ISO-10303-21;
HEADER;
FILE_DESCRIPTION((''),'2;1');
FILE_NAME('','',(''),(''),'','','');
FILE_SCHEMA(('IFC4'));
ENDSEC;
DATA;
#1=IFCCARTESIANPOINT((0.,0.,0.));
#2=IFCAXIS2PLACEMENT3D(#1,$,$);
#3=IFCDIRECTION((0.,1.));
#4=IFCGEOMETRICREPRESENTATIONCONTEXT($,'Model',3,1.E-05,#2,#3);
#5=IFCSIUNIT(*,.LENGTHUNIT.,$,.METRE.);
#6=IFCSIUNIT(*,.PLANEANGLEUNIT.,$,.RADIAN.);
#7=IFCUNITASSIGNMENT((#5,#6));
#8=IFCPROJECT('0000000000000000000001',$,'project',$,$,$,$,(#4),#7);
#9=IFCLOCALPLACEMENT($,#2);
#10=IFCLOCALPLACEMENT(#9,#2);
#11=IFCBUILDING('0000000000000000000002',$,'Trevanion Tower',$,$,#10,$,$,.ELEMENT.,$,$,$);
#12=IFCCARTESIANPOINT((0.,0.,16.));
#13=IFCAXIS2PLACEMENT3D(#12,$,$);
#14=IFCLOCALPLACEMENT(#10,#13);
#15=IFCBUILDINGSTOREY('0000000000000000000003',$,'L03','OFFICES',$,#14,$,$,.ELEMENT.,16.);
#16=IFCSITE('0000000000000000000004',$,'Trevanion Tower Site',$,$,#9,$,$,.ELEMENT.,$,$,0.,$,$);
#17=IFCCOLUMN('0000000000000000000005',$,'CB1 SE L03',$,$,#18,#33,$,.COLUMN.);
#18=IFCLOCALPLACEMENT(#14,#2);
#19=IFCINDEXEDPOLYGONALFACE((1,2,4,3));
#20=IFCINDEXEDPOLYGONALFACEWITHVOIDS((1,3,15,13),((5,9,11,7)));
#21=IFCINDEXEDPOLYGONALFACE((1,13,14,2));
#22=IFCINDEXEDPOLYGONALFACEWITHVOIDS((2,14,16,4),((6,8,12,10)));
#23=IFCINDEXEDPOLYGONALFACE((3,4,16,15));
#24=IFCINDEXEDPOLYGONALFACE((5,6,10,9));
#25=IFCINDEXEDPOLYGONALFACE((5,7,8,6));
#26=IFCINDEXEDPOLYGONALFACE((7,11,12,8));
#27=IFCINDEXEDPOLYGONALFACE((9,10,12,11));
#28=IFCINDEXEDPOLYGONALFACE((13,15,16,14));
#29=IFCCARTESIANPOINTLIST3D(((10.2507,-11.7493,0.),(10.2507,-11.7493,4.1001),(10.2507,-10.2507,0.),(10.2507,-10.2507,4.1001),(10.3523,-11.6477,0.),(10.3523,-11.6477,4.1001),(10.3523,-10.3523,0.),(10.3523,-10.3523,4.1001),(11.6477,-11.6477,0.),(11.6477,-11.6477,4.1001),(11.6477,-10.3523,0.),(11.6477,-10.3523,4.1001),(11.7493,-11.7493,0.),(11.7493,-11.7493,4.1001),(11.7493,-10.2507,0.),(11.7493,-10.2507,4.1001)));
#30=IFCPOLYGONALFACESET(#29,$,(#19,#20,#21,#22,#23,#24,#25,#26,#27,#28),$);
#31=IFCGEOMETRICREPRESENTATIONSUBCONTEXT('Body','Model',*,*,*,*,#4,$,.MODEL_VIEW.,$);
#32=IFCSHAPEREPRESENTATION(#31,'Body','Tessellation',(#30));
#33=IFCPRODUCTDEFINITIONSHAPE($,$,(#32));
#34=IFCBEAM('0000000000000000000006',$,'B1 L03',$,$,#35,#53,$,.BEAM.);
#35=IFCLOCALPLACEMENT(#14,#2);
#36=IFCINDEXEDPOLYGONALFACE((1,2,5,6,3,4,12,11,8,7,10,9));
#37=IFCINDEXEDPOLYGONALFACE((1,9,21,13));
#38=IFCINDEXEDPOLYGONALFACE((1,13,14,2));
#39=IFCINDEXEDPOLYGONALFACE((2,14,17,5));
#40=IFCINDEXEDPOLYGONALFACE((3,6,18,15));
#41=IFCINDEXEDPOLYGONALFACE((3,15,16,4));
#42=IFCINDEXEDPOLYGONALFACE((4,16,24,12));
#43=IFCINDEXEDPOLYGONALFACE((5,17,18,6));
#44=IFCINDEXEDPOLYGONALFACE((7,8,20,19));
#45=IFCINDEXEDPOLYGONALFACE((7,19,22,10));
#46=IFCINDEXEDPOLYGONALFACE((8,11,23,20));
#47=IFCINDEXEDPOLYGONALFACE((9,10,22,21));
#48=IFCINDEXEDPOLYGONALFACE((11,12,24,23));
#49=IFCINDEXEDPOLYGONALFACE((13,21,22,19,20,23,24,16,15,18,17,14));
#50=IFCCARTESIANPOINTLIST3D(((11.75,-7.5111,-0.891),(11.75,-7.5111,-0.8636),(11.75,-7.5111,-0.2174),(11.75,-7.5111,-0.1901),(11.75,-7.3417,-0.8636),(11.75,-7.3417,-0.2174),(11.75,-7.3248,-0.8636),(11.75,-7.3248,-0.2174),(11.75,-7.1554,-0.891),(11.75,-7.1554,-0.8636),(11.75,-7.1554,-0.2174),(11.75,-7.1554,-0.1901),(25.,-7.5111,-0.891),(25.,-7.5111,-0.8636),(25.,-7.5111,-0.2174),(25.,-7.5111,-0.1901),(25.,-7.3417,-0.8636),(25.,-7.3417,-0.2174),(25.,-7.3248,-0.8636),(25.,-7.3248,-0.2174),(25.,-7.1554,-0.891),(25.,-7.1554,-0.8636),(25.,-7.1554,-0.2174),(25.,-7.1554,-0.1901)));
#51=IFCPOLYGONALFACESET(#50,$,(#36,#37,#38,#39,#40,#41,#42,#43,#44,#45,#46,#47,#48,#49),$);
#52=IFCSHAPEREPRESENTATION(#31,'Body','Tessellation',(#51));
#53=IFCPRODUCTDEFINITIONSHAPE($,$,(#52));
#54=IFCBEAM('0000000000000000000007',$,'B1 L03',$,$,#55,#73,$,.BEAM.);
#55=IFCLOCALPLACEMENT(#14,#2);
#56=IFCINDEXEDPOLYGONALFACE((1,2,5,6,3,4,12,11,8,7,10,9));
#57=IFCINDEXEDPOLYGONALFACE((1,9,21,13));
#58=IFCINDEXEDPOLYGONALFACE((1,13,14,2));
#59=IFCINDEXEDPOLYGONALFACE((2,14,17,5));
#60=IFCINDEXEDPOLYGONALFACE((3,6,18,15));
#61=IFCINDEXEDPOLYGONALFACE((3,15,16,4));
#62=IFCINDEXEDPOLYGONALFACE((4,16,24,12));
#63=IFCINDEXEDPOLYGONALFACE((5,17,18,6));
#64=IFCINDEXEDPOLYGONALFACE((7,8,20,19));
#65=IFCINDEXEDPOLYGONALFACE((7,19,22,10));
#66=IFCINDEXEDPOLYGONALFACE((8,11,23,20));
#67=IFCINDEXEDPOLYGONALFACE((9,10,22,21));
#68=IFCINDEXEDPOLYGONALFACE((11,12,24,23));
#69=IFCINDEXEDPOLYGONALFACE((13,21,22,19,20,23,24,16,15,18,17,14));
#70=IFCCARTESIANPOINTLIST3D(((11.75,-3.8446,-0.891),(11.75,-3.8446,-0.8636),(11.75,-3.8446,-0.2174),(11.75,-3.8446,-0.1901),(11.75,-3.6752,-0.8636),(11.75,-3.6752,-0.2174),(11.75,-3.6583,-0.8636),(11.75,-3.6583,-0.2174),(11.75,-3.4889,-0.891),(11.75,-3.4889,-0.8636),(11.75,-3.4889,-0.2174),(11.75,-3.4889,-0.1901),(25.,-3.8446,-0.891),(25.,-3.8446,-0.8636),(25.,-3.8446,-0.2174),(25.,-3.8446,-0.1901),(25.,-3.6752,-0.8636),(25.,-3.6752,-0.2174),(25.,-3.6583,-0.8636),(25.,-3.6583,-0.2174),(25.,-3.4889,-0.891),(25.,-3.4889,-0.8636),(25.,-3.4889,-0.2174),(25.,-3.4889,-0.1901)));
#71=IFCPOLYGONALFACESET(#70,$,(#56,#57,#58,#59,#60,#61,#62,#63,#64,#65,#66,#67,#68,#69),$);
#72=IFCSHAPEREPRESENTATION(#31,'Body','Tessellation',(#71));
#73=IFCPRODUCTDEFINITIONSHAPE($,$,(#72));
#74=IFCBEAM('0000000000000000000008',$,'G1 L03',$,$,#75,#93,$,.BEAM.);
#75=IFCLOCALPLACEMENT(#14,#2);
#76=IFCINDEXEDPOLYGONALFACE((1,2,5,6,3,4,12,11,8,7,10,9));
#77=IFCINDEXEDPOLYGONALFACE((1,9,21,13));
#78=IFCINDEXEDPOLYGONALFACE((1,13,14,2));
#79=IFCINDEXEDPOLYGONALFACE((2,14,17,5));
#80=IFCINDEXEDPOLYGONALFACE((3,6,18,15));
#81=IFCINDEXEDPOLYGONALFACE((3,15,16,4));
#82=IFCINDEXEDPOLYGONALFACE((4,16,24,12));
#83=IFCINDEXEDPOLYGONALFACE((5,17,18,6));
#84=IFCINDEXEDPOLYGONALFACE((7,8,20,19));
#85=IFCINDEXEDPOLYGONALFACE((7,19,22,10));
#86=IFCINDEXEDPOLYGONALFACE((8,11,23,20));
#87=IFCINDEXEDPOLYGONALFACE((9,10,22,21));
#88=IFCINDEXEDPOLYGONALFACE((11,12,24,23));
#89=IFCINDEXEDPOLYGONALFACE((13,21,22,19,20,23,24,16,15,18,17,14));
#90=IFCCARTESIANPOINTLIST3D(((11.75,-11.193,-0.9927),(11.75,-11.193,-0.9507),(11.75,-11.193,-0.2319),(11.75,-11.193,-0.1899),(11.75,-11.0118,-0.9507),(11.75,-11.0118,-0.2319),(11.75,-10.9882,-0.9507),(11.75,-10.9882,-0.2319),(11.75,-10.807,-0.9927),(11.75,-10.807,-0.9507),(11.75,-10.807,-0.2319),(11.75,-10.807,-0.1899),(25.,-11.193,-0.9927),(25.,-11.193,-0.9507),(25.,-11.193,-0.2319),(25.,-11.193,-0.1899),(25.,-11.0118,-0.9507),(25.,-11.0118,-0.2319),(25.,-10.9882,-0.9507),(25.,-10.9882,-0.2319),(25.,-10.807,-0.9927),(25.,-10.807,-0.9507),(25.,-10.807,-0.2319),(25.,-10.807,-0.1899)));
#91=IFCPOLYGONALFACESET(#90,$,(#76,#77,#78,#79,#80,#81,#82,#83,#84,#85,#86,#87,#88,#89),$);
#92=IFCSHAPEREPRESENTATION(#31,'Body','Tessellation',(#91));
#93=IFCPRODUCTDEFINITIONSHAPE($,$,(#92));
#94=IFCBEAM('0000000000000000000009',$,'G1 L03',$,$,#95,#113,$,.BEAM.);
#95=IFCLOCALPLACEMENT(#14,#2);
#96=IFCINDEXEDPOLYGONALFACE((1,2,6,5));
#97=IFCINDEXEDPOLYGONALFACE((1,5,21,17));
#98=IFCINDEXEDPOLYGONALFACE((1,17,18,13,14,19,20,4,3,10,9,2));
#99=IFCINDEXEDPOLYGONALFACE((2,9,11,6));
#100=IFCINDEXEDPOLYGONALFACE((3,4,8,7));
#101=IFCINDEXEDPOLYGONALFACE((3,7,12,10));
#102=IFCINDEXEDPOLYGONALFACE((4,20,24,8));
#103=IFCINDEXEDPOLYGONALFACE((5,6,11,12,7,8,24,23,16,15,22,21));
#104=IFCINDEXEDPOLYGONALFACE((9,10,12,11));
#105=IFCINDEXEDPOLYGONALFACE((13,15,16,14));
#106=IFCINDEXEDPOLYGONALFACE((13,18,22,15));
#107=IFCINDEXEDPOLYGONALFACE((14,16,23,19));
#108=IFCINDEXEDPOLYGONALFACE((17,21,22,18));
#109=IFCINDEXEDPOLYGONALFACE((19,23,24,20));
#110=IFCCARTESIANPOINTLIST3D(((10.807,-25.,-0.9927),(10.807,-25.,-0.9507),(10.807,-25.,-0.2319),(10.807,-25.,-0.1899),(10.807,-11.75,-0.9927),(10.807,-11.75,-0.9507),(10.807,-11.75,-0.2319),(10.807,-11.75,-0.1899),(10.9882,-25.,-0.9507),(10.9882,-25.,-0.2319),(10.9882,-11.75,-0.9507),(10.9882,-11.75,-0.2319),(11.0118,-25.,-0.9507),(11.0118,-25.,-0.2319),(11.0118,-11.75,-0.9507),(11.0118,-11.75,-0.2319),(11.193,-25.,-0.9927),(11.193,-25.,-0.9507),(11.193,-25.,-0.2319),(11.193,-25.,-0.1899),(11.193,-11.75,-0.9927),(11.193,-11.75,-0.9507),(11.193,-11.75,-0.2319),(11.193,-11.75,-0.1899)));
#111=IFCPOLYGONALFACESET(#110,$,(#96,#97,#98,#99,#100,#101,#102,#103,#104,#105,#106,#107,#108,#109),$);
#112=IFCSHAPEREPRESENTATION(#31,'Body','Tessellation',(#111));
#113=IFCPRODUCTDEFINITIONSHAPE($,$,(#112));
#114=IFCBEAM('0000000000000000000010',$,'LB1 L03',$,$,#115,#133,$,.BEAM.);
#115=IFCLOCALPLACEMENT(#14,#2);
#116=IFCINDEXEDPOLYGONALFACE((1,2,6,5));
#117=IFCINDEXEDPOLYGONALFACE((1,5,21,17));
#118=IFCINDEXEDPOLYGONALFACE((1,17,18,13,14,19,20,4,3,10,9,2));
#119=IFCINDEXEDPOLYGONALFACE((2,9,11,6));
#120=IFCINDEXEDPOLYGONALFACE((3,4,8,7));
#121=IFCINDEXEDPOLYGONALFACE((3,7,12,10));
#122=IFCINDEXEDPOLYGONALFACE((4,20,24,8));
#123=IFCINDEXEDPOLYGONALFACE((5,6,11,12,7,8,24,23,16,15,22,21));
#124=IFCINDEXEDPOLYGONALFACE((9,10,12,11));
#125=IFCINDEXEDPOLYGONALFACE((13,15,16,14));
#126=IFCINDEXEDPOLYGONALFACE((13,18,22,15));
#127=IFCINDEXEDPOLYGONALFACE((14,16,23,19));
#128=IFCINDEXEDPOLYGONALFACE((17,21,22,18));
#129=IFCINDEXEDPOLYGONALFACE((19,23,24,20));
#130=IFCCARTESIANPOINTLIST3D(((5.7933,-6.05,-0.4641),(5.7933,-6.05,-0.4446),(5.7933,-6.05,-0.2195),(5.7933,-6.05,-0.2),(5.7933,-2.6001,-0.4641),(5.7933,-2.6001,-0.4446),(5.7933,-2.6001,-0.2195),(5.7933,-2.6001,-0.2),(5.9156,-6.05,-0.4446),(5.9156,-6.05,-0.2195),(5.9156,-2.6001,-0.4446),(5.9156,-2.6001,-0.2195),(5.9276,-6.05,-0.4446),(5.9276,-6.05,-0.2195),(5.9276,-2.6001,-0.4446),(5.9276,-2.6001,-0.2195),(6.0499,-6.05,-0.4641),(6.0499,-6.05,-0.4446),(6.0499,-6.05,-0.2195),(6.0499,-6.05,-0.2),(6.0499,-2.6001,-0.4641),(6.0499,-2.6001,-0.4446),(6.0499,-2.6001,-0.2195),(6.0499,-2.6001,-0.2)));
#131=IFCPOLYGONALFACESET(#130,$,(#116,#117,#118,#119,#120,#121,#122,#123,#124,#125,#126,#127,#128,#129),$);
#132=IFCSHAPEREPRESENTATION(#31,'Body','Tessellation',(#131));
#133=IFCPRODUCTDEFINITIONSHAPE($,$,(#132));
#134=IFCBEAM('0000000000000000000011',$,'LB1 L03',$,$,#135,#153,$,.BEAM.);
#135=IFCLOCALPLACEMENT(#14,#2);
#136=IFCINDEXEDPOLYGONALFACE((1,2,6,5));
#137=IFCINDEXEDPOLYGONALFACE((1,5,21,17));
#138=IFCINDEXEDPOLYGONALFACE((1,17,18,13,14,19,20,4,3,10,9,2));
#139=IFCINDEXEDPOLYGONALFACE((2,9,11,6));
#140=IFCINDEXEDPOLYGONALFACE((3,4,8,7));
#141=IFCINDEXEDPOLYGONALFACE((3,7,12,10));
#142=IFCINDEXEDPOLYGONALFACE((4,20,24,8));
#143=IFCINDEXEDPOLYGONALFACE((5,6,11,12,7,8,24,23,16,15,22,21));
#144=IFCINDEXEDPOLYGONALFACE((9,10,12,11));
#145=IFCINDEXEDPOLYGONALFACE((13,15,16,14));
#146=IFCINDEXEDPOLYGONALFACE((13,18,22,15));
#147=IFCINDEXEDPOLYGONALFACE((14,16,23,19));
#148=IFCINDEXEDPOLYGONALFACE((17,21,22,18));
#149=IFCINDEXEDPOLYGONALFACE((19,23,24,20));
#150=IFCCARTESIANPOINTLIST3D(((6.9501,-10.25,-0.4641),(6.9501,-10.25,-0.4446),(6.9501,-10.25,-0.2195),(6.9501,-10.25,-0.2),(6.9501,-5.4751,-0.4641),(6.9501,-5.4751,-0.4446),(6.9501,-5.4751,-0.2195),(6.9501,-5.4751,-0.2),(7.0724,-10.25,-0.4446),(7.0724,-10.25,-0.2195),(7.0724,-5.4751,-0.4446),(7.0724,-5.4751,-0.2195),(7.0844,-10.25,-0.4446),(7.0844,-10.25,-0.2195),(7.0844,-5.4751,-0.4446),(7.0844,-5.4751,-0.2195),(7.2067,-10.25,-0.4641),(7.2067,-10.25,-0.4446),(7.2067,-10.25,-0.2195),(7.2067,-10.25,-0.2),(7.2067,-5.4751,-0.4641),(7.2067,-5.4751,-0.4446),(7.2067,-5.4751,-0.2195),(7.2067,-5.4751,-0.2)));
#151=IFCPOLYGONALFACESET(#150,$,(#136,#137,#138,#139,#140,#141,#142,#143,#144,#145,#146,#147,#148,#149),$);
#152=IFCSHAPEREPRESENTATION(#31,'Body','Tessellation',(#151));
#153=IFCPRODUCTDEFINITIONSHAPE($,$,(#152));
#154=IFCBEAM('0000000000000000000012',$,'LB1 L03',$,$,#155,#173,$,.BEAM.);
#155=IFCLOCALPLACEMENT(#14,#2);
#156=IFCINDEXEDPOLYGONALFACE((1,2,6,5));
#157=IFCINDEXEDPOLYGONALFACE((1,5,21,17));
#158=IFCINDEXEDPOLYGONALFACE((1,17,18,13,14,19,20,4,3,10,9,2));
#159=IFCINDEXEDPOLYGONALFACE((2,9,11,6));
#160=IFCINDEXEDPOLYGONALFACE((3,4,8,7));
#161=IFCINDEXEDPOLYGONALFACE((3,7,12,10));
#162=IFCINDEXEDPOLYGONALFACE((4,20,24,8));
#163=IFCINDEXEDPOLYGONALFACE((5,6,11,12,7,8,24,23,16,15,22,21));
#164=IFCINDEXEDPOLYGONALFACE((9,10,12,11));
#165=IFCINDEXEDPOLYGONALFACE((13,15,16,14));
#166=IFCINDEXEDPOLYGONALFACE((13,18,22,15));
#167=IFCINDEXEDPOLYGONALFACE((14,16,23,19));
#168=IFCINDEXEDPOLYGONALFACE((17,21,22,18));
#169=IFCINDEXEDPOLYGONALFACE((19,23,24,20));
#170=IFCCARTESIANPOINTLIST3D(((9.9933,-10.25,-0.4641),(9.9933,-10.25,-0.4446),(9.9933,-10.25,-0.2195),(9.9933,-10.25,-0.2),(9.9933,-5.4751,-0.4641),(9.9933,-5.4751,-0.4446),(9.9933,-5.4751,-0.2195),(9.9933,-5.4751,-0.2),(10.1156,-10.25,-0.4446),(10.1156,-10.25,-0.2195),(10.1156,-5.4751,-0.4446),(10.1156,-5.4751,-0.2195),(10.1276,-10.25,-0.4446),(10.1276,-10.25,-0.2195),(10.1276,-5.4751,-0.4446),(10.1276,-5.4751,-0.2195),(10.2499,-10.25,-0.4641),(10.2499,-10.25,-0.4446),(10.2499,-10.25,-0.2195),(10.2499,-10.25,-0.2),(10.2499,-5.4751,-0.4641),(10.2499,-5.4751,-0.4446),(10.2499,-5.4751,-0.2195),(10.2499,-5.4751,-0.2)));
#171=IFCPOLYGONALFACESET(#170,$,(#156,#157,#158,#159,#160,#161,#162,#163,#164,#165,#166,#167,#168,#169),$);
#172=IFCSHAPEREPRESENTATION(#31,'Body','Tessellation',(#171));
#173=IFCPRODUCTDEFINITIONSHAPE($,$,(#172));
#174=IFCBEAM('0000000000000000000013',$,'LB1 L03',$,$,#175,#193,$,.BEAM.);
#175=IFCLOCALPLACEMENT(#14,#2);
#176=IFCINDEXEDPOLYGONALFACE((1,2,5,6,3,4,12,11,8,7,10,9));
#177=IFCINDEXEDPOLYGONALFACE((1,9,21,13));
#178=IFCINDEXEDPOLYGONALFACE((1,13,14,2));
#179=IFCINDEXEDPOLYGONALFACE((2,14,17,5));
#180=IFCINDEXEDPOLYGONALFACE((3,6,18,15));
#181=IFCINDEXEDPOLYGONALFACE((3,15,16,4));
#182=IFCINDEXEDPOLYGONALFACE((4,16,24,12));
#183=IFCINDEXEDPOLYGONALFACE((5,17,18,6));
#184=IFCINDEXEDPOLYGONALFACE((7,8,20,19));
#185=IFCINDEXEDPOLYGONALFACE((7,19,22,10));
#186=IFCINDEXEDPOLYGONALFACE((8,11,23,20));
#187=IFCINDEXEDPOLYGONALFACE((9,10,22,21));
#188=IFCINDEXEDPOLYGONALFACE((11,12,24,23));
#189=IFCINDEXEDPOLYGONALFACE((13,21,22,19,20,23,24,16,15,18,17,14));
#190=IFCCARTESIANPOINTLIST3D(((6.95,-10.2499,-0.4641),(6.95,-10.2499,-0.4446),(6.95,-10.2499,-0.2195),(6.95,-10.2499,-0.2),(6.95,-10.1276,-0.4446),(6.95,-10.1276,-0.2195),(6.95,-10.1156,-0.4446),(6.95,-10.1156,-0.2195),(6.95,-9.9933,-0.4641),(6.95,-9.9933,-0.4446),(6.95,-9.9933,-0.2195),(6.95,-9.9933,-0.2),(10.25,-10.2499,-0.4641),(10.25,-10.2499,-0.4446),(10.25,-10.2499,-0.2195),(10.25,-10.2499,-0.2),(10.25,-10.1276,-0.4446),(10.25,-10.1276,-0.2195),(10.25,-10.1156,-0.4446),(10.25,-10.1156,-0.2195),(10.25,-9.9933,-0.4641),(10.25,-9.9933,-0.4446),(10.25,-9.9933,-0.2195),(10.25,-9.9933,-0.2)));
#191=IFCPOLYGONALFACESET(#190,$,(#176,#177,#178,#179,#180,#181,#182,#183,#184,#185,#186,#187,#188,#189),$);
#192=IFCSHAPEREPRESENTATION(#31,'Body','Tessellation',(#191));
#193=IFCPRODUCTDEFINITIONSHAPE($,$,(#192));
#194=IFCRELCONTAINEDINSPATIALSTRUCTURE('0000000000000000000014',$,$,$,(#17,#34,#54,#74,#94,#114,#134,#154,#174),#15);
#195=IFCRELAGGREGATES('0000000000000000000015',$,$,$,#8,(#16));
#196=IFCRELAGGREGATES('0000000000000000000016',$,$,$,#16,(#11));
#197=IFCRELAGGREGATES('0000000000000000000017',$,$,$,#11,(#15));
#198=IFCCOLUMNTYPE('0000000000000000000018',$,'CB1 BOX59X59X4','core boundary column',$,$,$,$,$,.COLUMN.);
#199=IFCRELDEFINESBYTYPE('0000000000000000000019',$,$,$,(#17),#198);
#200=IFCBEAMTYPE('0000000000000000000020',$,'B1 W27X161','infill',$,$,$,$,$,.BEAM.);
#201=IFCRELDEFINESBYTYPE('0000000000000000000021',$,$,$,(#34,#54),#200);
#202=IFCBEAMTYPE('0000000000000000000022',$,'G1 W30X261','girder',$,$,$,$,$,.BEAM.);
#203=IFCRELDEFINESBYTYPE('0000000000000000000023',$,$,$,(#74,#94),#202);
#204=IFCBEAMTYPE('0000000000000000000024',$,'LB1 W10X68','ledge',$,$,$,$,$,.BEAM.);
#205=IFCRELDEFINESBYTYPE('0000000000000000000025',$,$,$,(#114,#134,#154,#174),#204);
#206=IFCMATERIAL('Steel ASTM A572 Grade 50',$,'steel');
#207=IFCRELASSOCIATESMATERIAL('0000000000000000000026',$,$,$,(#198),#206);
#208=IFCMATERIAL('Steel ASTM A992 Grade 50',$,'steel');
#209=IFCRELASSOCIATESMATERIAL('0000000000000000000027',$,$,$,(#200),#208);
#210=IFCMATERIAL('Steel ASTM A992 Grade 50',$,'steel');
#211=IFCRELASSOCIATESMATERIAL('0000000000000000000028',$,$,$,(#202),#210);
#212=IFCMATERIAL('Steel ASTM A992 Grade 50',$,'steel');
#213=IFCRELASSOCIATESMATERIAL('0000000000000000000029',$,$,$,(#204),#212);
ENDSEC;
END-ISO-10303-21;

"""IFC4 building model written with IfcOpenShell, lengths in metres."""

from ifc_helpers import new_model, si_unit, direction, frame, origin, origin_2d, place, context, subcontext, project, spatial, hollow_rectangle, i_section, extrude, material, material_profile, profile_set, type_object, element, save


model = new_model("IFC4")

# Units and contexts
model_context = context("Model", 3, precision=1e-05, world=origin(), true_north=direction((0.0, 1.0)))
body_context = subcontext(model_context, "Body", "Model", "MODEL_VIEW")
ifc_project = project(units=[si_unit("LENGTHUNIT", "METRE"), si_unit("PLANEANGLEUNIT", "RADIAN")], contexts=[model_context])

# Site, building, storey
site_placement = place(None, origin())
site = spatial("IfcSite", under=ifc_project, at=site_placement, Name="Trevanion Tower Site", CompositionType="ELEMENT", RefElevation=0.0)
building_placement = place(site_placement, origin())
building = spatial("IfcBuilding", under=site, at=building_placement, Name="Trevanion Tower", CompositionType="ELEMENT")
storey_placement = place(building_placement, frame((0.0, 0.0, 16.0)))
storey = spatial("IfcBuildingStorey", under=building, at=storey_placement, Name="L03", Description="OFFICES", CompositionType="ELEMENT", Elevation=16.0)

# Column
ifc_material_1 = material(Name="Steel ASTM A572 Grade 50", Category="steel")
ifc_material_profile_1 = material_profile(ifc_material_1, hollow_rectangle(XDim=1.4985, YDim=1.4985, WallThickness=0.1016, at=origin_2d()), Name="BOX59X59X4")
ifc_profile_set_1 = profile_set([ifc_material_profile_1], Name="Steel ASTM A572 Grade 50")
column_type = type_object("IfcColumnType", Name="CB1 BOX59X59X4", Description="core boundary column", PredefinedType="COLUMN", material=ifc_profile_set_1)
column_placement = place(storey_placement, frame((11.0, -11.0, 0.0), z_axis=(0.0, 0.0, 1.0), x_axis=(1.0, 0.0, 0.0)))
element("IfcColumn", 1, at=column_placement, inside=storey, type_object=column_type, Name="CB1 SE L03", PredefinedType="COLUMN", context=body_context, shape_type="SweptSolid", body=[
    extrude(hollow_rectangle(XDim=1.4985, YDim=1.4985, WallThickness=0.1016, at=origin_2d()), origin(), (0.0, 0.0, 1.0), 4.1001),
])

# Beams
ifc_material_2 = material(Name="Steel ASTM A992 Grade 50", Category="steel")
ifc_material_profile_2 = material_profile(ifc_material_2, i_section(OverallWidth=0.3557, OverallDepth=0.7009, WebThickness=0.0168, FlangeThickness=0.0273, at=origin_2d()), Name="W27X161")
ifc_profile_set_2 = profile_set([ifc_material_profile_2], Name="Steel ASTM A992 Grade 50")
beam_type_1 = type_object("IfcBeamType", Name="B1 W27X161", Description="infill", PredefinedType="BEAM", material=ifc_profile_set_2)
for number, where, z_axis, x_axis, name in (
    (2, (11.75, -7.3333, -0.5405), (1.0, 0.0, 0.0), (0.0, 1.0, 0.0), "B1 L03"),
    (3, (11.75, -3.6667, -0.5405), (1.0, 0.0, 0.0), (0.0, 1.0, 0.0), "B1 L03"),
):
    element("IfcBeam", number, at=place(storey_placement, frame(where, z_axis=z_axis, x_axis=x_axis)), inside=storey, type_object=beam_type_1, Name=name, PredefinedType="BEAM", context=body_context, shape_type="SweptSolid", body=[
        extrude(i_section(OverallWidth=0.3557, OverallDepth=0.7009, WebThickness=0.0168, FlangeThickness=0.0273, at=origin_2d()), origin(), (0.0, 0.0, 1.0), 13.25),
    ])
ifc_material_3 = material(Name="Steel ASTM A992 Grade 50", Category="steel")
ifc_material_profile_3 = material_profile(ifc_material_3, i_section(OverallWidth=0.386, OverallDepth=0.8027, WebThickness=0.0237, FlangeThickness=0.042, at=origin_2d()), Name="W30X261")
ifc_profile_set_3 = profile_set([ifc_material_profile_3], Name="Steel ASTM A992 Grade 50")
beam_type_2 = type_object("IfcBeamType", Name="G1 W30X261", Description="girder", PredefinedType="BEAM", material=ifc_profile_set_3)
for number, where, z_axis, x_axis, name in (
    (4, (11.75, -11.0, -0.5913), (1.0, 0.0, 0.0), (0.0, 1.0, 0.0), "G1 L03"),
    (5, (11.0, -11.75, -0.5913), (0.0, -1.0, 0.0), (1.0, 0.0, 0.0), "G1 L03"),
):
    element("IfcBeam", number, at=place(storey_placement, frame(where, z_axis=z_axis, x_axis=x_axis)), inside=storey, type_object=beam_type_2, Name=name, PredefinedType="BEAM", context=body_context, shape_type="SweptSolid", body=[
        extrude(i_section(OverallWidth=0.386, OverallDepth=0.8027, WebThickness=0.0237, FlangeThickness=0.042, at=origin_2d()), origin(), (0.0, 0.0, 1.0), 13.25),
    ])
ifc_material_4 = material(Name="Steel ASTM A992 Grade 50", Category="steel")
ifc_material_profile_4 = material_profile(ifc_material_4, i_section(OverallWidth=0.2566, OverallDepth=0.2642, WebThickness=0.012, FlangeThickness=0.0195, at=origin_2d()), Name="W10X68")
ifc_profile_set_4 = profile_set([ifc_material_profile_4], Name="Steel ASTM A992 Grade 50")
beam_type_3 = type_object("IfcBeamType", Name="LB1 W10X68", Description="ledge", PredefinedType="BEAM", material=ifc_profile_set_4)
beam_1_placement = place(storey_placement, frame((5.9216, -6.05, -0.332), z_axis=(0.0, 1.0, 0.0), x_axis=(-1.0, 0.0, 0.0)))
element("IfcBeam", 6, at=beam_1_placement, inside=storey, type_object=beam_type_3, Name="LB1 L03", PredefinedType="BEAM", context=body_context, shape_type="SweptSolid", body=[
    extrude(i_section(OverallWidth=0.2566, OverallDepth=0.2642, WebThickness=0.012, FlangeThickness=0.0195, at=origin_2d()), origin(), (0.0, 0.0, 1.0), 3.45),
])
for number, where, z_axis, x_axis, name in (
    (7, (7.0784, -10.25, -0.332), (0.0, 1.0, 0.0), (-1.0, 0.0, 0.0), "LB1 L03"),
    (8, (10.1216, -10.25, -0.332), (0.0, 1.0, 0.0), (-1.0, 0.0, 0.0), "LB1 L03"),
):
    element("IfcBeam", number, at=place(storey_placement, frame(where, z_axis=z_axis, x_axis=x_axis)), inside=storey, type_object=beam_type_3, Name=name, PredefinedType="BEAM", context=body_context, shape_type="SweptSolid", body=[
        extrude(i_section(OverallWidth=0.2566, OverallDepth=0.2642, WebThickness=0.012, FlangeThickness=0.0195, at=origin_2d()), origin(), (0.0, 0.0, 1.0), 4.7749),
    ])
beam_2_placement = place(storey_placement, frame((6.95, -10.1216, -0.332), z_axis=(1.0, 0.0, 0.0), x_axis=(0.0, 1.0, 0.0)))
element("IfcBeam", 9, at=beam_2_placement, inside=storey, type_object=beam_type_3, Name="LB1 L03", PredefinedType="BEAM", context=body_context, shape_type="SweptSolid", body=[
    extrude(i_section(OverallWidth=0.2566, OverallDepth=0.2642, WebThickness=0.012, FlangeThickness=0.0195, at=origin_2d()), origin(), (0.0, 0.0, 1.0), 3.3),
])

save(model, "model.ifc")
